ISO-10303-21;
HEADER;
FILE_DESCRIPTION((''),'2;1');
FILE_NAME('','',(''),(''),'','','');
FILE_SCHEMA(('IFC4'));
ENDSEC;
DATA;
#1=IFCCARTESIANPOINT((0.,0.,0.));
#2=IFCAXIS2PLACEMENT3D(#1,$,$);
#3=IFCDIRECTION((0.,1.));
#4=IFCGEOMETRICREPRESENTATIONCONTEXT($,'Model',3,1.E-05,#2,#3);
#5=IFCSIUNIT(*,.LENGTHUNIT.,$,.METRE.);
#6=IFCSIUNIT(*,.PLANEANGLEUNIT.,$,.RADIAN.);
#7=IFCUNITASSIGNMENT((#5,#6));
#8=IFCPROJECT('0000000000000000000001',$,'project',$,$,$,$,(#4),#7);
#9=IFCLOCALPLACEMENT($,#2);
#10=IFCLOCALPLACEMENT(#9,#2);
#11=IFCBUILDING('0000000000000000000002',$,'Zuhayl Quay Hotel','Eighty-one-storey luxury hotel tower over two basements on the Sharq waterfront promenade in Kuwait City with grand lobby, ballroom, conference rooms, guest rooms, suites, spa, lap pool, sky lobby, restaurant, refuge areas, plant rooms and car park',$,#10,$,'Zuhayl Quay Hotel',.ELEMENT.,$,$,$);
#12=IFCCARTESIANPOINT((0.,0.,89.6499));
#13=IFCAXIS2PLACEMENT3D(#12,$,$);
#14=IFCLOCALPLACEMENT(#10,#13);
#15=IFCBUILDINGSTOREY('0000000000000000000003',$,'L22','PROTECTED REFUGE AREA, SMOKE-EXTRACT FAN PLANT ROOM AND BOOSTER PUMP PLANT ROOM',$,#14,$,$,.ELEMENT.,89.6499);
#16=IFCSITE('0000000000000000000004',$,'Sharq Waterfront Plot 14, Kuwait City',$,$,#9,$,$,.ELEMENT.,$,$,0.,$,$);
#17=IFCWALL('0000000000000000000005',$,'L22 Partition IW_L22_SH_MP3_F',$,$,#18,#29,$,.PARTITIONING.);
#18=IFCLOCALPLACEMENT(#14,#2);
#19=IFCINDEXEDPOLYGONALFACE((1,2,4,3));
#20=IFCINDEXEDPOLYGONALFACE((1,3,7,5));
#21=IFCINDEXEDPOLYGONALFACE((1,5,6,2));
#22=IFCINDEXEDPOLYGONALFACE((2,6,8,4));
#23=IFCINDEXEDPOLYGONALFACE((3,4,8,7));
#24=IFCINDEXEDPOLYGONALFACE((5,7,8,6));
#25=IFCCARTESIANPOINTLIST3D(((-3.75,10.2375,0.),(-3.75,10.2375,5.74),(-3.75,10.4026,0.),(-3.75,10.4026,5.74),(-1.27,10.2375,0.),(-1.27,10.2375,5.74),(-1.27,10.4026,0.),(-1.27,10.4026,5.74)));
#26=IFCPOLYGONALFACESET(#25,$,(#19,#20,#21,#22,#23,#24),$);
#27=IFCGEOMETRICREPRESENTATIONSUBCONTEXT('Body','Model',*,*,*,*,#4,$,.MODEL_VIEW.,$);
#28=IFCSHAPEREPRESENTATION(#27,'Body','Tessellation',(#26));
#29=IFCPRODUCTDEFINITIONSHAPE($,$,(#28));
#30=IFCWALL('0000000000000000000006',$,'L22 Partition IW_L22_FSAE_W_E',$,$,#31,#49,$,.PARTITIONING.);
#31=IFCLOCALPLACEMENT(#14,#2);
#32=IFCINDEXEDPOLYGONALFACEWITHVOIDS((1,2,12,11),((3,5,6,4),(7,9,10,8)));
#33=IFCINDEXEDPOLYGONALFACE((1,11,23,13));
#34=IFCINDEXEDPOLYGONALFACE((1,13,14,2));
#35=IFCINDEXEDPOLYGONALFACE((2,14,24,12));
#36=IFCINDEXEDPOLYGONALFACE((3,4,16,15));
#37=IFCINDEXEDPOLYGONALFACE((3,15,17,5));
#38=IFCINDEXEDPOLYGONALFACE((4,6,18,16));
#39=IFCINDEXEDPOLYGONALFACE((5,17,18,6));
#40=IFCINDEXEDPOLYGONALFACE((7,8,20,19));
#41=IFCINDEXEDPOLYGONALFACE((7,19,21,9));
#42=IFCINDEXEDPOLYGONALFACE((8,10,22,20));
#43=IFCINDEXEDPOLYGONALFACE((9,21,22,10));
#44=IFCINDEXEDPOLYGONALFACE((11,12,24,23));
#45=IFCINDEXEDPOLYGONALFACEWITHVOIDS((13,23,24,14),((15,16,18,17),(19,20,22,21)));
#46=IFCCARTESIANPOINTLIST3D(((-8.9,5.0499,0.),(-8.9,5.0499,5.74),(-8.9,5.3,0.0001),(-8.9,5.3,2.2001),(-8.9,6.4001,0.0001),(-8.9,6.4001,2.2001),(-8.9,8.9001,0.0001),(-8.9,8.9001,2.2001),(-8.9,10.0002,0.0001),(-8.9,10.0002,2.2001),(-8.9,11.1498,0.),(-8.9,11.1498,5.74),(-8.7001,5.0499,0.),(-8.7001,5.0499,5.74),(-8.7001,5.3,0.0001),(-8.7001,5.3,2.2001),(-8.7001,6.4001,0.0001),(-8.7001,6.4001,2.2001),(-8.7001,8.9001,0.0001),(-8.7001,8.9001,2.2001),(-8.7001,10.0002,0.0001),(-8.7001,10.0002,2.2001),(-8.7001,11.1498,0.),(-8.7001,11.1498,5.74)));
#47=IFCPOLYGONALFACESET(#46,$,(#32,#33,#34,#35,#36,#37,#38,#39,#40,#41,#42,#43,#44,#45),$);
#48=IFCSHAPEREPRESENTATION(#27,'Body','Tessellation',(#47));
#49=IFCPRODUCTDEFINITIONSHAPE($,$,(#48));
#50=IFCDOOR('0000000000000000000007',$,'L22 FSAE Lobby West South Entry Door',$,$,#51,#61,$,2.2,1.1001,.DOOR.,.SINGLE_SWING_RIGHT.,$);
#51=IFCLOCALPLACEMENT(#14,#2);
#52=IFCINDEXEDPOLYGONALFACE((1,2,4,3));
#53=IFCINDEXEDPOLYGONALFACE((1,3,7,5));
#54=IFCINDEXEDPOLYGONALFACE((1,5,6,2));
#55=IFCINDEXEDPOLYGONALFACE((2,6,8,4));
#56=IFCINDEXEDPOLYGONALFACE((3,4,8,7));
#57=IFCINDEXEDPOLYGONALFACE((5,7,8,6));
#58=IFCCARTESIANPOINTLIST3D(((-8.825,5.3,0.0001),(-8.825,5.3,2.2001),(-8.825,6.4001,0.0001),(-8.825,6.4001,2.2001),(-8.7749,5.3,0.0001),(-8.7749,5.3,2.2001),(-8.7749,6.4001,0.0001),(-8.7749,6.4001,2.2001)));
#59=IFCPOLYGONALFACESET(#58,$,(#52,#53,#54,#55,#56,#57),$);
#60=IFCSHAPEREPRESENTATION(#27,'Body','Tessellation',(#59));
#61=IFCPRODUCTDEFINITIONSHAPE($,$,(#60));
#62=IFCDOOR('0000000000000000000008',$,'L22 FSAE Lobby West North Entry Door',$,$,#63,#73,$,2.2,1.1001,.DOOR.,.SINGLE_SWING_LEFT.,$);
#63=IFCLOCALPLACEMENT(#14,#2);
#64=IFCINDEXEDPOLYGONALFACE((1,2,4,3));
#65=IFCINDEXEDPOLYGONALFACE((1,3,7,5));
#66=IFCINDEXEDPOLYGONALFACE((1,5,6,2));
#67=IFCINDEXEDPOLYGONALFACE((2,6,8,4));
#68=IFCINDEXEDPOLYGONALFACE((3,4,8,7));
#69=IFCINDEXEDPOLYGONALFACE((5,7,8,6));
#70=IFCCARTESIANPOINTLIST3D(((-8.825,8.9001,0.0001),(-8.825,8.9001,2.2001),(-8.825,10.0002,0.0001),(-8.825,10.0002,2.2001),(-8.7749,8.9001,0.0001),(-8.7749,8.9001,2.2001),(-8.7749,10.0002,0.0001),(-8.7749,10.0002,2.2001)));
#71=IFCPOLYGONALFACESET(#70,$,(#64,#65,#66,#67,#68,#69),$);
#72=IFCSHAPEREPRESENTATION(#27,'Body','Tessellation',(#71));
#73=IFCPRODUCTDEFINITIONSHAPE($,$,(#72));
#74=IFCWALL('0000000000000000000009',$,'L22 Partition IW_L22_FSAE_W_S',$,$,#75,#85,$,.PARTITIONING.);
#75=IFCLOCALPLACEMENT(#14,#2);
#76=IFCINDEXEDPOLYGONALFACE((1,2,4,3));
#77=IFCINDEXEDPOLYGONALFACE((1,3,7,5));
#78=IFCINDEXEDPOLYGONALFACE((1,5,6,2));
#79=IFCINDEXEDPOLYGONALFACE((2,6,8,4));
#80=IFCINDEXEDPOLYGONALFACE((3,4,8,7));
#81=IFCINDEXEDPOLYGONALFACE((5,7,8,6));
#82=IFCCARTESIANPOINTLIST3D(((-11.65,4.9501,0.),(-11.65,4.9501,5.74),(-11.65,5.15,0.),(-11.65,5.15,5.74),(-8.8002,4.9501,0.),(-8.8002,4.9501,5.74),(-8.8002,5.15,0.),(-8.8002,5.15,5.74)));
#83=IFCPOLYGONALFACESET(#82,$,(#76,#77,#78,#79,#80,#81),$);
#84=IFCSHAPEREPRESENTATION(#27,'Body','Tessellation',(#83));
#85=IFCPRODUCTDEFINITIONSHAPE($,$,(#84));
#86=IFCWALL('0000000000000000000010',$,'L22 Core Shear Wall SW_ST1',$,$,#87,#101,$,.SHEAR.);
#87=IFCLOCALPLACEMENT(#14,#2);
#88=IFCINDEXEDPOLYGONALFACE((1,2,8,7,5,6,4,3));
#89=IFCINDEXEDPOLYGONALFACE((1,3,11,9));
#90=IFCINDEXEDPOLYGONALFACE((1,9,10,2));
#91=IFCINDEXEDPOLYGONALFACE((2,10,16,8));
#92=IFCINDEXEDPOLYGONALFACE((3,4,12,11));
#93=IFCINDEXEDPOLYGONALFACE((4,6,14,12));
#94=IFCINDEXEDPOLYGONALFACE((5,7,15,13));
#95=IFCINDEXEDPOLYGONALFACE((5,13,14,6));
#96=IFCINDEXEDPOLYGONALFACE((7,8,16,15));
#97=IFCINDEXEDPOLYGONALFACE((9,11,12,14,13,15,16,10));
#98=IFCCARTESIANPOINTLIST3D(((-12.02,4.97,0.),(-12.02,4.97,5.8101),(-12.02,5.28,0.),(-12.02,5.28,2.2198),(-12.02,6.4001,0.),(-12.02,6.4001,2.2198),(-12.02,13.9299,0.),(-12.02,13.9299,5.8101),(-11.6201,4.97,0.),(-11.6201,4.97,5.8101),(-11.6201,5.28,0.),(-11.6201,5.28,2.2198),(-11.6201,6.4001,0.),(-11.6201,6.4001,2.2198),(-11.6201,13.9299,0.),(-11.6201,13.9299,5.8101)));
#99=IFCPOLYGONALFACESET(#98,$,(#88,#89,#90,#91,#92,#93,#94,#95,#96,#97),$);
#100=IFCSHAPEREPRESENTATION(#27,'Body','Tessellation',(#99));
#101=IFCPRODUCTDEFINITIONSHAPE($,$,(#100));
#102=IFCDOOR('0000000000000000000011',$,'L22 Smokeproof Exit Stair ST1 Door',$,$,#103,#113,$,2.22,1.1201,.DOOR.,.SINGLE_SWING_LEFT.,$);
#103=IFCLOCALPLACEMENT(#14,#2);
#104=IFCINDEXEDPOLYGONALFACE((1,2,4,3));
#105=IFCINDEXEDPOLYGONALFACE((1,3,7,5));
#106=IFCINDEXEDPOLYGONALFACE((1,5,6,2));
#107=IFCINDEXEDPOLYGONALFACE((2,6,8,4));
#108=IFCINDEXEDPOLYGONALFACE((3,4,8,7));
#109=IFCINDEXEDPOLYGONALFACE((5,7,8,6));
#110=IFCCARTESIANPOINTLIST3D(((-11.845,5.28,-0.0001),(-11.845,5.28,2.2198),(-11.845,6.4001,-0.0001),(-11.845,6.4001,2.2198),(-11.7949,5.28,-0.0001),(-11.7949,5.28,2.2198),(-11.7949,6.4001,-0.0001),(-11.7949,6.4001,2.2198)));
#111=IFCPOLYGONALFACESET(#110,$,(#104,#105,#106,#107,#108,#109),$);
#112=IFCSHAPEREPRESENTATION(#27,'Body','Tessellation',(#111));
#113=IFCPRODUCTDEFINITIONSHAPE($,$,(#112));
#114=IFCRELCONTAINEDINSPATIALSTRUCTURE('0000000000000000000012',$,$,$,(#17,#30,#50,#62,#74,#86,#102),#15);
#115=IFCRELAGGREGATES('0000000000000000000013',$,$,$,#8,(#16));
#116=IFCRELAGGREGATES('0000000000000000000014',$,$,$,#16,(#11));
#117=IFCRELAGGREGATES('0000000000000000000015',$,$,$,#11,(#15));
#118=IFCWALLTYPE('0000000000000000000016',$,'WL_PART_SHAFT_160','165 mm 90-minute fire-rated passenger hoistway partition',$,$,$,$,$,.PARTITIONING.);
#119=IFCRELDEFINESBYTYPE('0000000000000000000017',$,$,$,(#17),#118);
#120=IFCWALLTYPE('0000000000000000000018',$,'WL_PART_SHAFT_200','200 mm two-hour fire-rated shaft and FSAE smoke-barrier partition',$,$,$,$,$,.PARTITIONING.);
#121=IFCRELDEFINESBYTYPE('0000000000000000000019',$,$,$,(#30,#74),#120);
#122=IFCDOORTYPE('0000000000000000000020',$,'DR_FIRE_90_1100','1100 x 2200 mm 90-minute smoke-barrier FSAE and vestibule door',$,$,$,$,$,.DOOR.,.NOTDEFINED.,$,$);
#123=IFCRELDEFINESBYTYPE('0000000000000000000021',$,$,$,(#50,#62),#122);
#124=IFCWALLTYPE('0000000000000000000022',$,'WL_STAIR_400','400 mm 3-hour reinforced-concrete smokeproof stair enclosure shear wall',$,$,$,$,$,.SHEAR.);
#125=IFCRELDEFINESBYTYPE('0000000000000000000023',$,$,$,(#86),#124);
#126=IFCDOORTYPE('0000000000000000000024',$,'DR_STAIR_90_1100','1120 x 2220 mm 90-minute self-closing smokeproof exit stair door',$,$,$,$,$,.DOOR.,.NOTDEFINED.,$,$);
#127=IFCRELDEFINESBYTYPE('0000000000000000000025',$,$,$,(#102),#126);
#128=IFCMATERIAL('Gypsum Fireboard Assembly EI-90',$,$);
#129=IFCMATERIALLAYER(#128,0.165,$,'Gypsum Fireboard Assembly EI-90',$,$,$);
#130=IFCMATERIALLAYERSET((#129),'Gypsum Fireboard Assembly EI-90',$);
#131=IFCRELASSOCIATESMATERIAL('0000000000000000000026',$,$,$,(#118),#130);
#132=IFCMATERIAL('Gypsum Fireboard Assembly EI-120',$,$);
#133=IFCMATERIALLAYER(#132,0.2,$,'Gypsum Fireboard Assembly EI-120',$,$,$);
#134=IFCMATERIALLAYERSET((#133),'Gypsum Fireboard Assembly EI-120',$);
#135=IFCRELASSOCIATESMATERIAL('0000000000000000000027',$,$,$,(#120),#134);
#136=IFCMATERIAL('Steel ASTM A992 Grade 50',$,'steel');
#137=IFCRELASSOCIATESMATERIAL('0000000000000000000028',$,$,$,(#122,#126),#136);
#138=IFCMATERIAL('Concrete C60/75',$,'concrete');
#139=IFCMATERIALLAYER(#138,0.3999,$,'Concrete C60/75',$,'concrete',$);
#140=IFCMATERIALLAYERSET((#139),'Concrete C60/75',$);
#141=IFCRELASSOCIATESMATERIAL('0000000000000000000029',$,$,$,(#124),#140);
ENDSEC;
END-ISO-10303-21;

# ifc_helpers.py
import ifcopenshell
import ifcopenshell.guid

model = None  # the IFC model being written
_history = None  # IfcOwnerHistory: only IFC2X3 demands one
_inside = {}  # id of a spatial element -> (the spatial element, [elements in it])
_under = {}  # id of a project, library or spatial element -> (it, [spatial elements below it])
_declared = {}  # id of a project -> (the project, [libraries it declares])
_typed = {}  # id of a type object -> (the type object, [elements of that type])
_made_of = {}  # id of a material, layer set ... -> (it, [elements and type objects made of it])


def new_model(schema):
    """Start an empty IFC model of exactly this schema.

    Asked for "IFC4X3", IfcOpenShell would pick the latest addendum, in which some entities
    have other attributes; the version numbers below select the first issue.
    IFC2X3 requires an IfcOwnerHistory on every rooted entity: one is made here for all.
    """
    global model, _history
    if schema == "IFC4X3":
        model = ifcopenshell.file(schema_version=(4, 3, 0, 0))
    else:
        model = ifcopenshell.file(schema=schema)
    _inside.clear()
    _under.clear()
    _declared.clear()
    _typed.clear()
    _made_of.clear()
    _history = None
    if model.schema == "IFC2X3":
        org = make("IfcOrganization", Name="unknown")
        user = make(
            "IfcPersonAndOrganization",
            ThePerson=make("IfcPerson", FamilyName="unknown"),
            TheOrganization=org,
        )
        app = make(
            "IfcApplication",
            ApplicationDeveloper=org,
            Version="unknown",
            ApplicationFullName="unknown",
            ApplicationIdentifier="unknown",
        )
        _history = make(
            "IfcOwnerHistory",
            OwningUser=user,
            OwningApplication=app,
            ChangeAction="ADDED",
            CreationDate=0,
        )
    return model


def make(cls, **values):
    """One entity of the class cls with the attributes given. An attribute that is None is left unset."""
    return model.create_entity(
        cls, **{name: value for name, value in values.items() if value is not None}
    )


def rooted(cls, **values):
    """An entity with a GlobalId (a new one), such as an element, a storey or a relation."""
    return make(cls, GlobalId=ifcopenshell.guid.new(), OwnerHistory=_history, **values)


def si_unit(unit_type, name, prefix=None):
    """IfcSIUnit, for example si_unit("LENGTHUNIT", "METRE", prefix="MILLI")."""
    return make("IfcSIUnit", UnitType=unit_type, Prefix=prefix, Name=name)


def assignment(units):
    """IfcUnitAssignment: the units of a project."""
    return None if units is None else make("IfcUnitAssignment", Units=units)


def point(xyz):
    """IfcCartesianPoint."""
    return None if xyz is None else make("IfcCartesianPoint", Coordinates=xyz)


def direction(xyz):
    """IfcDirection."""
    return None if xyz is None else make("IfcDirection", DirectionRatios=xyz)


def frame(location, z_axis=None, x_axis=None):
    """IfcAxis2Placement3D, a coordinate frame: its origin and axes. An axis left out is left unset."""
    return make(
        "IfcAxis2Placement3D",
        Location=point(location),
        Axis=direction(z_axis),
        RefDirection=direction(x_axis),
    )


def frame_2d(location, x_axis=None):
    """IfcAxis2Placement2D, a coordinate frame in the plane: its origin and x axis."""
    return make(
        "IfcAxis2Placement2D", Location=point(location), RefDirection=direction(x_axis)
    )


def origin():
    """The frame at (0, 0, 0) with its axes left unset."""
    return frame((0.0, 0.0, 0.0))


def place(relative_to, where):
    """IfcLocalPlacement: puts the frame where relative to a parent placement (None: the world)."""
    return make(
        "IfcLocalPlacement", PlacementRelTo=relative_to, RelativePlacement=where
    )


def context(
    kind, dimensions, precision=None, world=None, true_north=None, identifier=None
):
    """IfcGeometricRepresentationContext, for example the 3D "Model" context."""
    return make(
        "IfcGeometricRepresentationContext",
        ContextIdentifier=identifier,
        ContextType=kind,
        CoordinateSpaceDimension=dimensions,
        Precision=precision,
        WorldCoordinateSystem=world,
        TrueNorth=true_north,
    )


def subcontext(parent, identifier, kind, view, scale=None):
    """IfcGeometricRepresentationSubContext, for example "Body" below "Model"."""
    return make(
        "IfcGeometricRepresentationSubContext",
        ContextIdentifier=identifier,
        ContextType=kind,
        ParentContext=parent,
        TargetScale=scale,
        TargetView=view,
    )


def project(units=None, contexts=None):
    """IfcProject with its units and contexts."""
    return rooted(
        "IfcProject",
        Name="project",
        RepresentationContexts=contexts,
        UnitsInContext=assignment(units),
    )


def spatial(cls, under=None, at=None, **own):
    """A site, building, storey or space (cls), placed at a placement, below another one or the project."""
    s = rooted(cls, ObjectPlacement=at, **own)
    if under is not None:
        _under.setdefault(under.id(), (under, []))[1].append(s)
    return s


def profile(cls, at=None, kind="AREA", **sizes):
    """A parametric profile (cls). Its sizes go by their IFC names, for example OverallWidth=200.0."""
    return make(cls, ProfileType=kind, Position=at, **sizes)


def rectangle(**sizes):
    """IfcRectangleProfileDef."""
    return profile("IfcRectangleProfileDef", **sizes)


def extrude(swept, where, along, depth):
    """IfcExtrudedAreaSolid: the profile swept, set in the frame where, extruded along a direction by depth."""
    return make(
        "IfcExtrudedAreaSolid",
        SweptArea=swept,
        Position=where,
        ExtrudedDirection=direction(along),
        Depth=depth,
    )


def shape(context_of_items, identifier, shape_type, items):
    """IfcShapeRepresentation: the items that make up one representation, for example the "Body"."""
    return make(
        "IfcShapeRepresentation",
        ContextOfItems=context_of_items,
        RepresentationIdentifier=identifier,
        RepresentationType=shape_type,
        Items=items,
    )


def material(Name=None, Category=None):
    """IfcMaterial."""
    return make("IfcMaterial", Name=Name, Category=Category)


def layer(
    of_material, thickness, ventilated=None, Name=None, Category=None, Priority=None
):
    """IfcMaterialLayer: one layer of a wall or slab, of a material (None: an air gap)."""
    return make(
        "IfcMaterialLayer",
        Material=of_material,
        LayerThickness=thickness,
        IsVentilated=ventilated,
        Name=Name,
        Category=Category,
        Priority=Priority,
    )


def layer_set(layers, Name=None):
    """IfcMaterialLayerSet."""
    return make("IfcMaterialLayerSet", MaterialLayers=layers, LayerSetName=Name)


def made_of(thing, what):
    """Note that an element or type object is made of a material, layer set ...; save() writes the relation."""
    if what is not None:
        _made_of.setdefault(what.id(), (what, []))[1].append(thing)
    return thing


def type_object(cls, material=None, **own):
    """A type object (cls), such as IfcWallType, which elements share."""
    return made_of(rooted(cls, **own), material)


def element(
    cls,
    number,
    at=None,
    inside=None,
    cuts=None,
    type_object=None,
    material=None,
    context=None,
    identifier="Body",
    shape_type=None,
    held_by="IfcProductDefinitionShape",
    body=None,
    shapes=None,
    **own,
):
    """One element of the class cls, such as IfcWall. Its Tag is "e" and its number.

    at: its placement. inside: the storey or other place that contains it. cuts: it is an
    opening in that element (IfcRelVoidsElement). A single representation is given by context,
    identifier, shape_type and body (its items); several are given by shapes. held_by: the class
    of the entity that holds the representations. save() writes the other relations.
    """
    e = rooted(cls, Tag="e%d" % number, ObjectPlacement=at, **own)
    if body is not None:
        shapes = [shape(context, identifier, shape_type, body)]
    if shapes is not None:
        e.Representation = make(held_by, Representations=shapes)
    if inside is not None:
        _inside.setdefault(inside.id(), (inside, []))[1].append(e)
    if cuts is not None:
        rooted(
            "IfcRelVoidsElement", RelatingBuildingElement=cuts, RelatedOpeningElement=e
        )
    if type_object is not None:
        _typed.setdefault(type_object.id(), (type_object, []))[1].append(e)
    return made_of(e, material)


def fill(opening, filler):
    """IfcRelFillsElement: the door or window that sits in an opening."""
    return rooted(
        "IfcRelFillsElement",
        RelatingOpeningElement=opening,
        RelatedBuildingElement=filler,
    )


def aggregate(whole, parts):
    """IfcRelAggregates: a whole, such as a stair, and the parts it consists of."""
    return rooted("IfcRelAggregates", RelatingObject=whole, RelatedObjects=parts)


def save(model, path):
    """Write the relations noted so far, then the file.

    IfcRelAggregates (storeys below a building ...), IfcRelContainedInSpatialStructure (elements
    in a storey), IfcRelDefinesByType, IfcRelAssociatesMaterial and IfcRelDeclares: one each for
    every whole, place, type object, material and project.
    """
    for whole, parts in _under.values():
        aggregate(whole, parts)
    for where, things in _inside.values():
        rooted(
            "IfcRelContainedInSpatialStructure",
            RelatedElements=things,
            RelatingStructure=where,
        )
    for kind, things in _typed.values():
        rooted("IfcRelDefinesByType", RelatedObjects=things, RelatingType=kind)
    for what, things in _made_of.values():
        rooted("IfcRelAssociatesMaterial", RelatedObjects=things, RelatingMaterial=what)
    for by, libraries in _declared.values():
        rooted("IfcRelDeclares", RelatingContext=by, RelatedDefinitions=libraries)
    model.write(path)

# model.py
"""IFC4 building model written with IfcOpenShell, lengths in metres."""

from ifc_helpers import new_model, si_unit, direction, frame, frame_2d, origin, place, context, subcontext, project, spatial, rectangle, extrude, material, layer, layer_set, type_object, element, fill, save


model = new_model("IFC4")

# Units and contexts
model_context = context("Model", 3, precision=1e-05, world=origin(), true_north=direction((0.0, 1.0)))
body_context = subcontext(model_context, "Body", "Model", "MODEL_VIEW")
ifc_project = project(units=[si_unit("LENGTHUNIT", "METRE"), si_unit("PLANEANGLEUNIT", "RADIAN")], contexts=[model_context])

# Site, building, storey
site_placement = place(None, origin())
site = spatial("IfcSite", under=ifc_project, at=site_placement, Name="Sharq Waterfront Plot 14, Kuwait City", CompositionType="ELEMENT", RefElevation=0.0)
building_placement = place(site_placement, origin())
building = spatial("IfcBuilding", under=site, at=building_placement, Name="Zuhayl Quay Hotel", Description="Eighty-one-storey luxury hotel tower over two basements on the Sharq waterfront promenade in Kuwait City with grand lobby, ballroom, conference rooms, guest rooms, suites, spa, lap pool, sky lobby, restaurant, refuge areas, plant rooms and car park", LongName="Zuhayl Quay Hotel", CompositionType="ELEMENT")
storey_placement = place(building_placement, frame((0.0, 0.0, 89.6499)))
storey = spatial("IfcBuildingStorey", under=building, at=storey_placement, Name="L22", Description="PROTECTED REFUGE AREA, SMOKE-EXTRACT FAN PLANT ROOM AND BOOSTER PUMP PLANT ROOM", CompositionType="ELEMENT", Elevation=89.6499)

# Shared definitions
ifc_material_1 = material(Name="Concrete C60/75", Category="concrete")

# Shared definitions
ifc_material_2 = material(Name="Steel ASTM A992 Grade 50", Category="steel")

# Shared definitions
ifc_material_3 = material(Name="Gypsum Fireboard Assembly EI-90")
ifc_layer_1 = layer(ifc_material_3, 0.165, Name="Gypsum Fireboard Assembly EI-90")
ifc_layer_set_1 = layer_set([ifc_layer_1], Name="Gypsum Fireboard Assembly EI-90")
wall_type_1 = type_object("IfcWallType", Name="WL_PART_SHAFT_160", Description="165 mm 90-minute fire-rated passenger hoistway partition", PredefinedType="PARTITIONING", material=ifc_layer_set_1)

# Wall
for number, where, z_axis, x_axis, name in (
    (1, (-3.75, 10.3201, 0.0), (0.0, 0.0, 1.0), (1.0, 0.0, 0.0), "L22 Partition IW_L22_SH_MP3_F"),
):
    element("IfcWall", number, at=place(storey_placement, frame(where, z_axis=z_axis, x_axis=x_axis)), inside=storey, type_object=wall_type_1, Name=name, PredefinedType="PARTITIONING", context=body_context, shape_type="SweptSolid", body=[
        extrude(rectangle(XDim=2.48, YDim=0.165, at=frame_2d((1.24, 0.0))), origin(), (0.0, 0.0, 1.0), 5.74),
    ])

# Wall, openings, doors
ifc_material_4 = material(Name="Gypsum Fireboard Assembly EI-120")
ifc_layer_2 = layer(ifc_material_4, 0.2, Name="Gypsum Fireboard Assembly EI-120")
ifc_layer_set_2 = layer_set([ifc_layer_2], Name="Gypsum Fireboard Assembly EI-120")
wall_type_2 = type_object("IfcWallType", Name="WL_PART_SHAFT_200", Description="200 mm two-hour fire-rated shaft and FSAE smoke-barrier partition", PredefinedType="PARTITIONING", material=ifc_layer_set_2)
wall_1_placement = place(storey_placement, frame((-8.8, 5.05, 0.0), z_axis=(0.0, 0.0, 1.0), x_axis=(0.0, 1.0, 0.0)))
wall_1 = element("IfcWall", 2, at=wall_1_placement, inside=storey, type_object=wall_type_2, Name="L22 Partition IW_L22_FSAE_W_E", PredefinedType="PARTITIONING", context=body_context, shape_type="SweptSolid", body=[
    extrude(rectangle(XDim=6.0999, YDim=0.2, at=frame_2d((3.0498, 0.0))), origin(), (0.0, 0.0, 1.0), 5.74),
])
opening_1_placement = place(wall_1_placement, frame((0.25, 0.0, 0.0)))
opening_1 = element("IfcOpeningElement", 3, at=opening_1_placement, cuts=wall_1, PredefinedType="OPENING", context=body_context, shape_type="SweptSolid", body=[
    extrude(rectangle(XDim=1.1001, YDim=2.2, at=frame_2d((0.55, 1.1001))), frame((0.0, 0.1099, 0.0), z_axis=(0.0, -1.0, 0.0), x_axis=(1.0, 0.0, 0.0)), (0.0, 0.0, 1.0), 0.22),
])
opening_2_placement = place(wall_1_placement, frame((3.8501, 0.0, 0.0)))
opening_2 = element("IfcOpeningElement", 4, at=opening_2_placement, cuts=wall_1, PredefinedType="OPENING", context=body_context, shape_type="SweptSolid", body=[
    extrude(rectangle(XDim=1.1001, YDim=2.2, at=frame_2d((0.55, 1.1001))), frame((0.0, 0.1099, 0.0), z_axis=(0.0, -1.0, 0.0), x_axis=(1.0, 0.0, 0.0)), (0.0, 0.0, 1.0), 0.22),
])
door_type_1 = type_object("IfcDoorType", Name="DR_FIRE_90_1100", Description="1100 x 2200 mm 90-minute smoke-barrier FSAE and vestibule door", OperationType="NOTDEFINED", PredefinedType="DOOR", material=ifc_material_2)
door_1_placement = place(opening_1_placement, origin())
door_1 = element("IfcDoor", 5, at=door_1_placement, inside=storey, type_object=door_type_1, Name="L22 FSAE Lobby West South Entry Door", OperationType="SINGLE_SWING_RIGHT", OverallHeight=2.2, OverallWidth=1.1001, PredefinedType="DOOR", context=body_context, shape_type="SweptSolid", body=[
    extrude(rectangle(XDim=1.1001, YDim=2.2, at=frame_2d((0.55, 1.1001))), frame((0.0, 0.0249, 0.0), z_axis=(0.0, -1.0, 0.0), x_axis=(1.0, 0.0, 0.0)), (0.0, 0.0, 1.0), 0.05),
])
fill(opening_1, door_1)
door_2_placement = place(opening_2_placement, origin())
door_2 = element("IfcDoor", 6, at=door_2_placement, inside=storey, type_object=door_type_1, Name="L22 FSAE Lobby West North Entry Door", OperationType="SINGLE_SWING_LEFT", OverallHeight=2.2, OverallWidth=1.1001, PredefinedType="DOOR", context=body_context, shape_type="SweptSolid", body=[
    extrude(rectangle(XDim=1.1001, YDim=2.2, at=frame_2d((0.55, 1.1001))), frame((0.0, 0.0249, 0.0), z_axis=(0.0, -1.0, 0.0), x_axis=(1.0, 0.0, 0.0)), (0.0, 0.0, 1.0), 0.05),
])
fill(opening_2, door_2)

# Wall
wall_2_placement = place(storey_placement, frame((-11.6499, 5.05, 0.0), z_axis=(0.0, 0.0, 1.0), x_axis=(1.0, 0.0, 0.0)))
element("IfcWall", 7, at=wall_2_placement, inside=storey, type_object=wall_type_2, Name="L22 Partition IW_L22_FSAE_W_S", PredefinedType="PARTITIONING", context=body_context, shape_type="SweptSolid", body=[
    extrude(rectangle(XDim=2.8499, YDim=0.2, at=frame_2d((1.4248, 0.0))), origin(), (0.0, 0.0, 1.0), 5.74),
])

# Wall, opening, door
ifc_layer_3 = layer(ifc_material_1, 0.3999, Name="Concrete C60/75", Category="concrete")
ifc_layer_set_3 = layer_set([ifc_layer_3], Name="Concrete C60/75")
wall_type_3 = type_object("IfcWallType", Name="WL_STAIR_400", Description="400 mm 3-hour reinforced-concrete smokeproof stair enclosure shear wall", PredefinedType="SHEAR", material=ifc_layer_set_3)
wall_3_placement = place(storey_placement, frame((-11.8201, 4.97, 0.0), z_axis=(0.0, 0.0, 1.0), x_axis=(0.0, 1.0, 0.0)))
wall_3 = element("IfcWall", 8, at=wall_3_placement, inside=storey, type_object=wall_type_3, Name="L22 Core Shear Wall SW_ST1", PredefinedType="SHEAR", context=body_context, shape_type="SweptSolid", body=[
    extrude(rectangle(XDim=8.96, YDim=0.3999, at=frame_2d((4.48, 0.0))), origin(), (0.0, 0.0, 1.0), 5.8101),
])
opening_3_placement = place(wall_3_placement, frame((0.3101, 0.0, 0.0)))
opening_3 = element("IfcOpeningElement", 9, at=opening_3_placement, cuts=wall_3, PredefinedType="OPENING", context=body_context, shape_type="SweptSolid", body=[
    extrude(rectangle(XDim=1.1201, YDim=2.22, at=frame_2d((0.5601, 1.1099))), frame((0.0, 0.21, 0.0), z_axis=(0.0, -1.0, 0.0), x_axis=(1.0, 0.0, 0.0)), (0.0, 0.0, 1.0), 0.4199),
])
door_type_2 = type_object("IfcDoorType", Name="DR_STAIR_90_1100", Description="1120 x 2220 mm 90-minute self-closing smokeproof exit stair door", OperationType="NOTDEFINED", PredefinedType="DOOR", material=ifc_material_2)
door_3_placement = place(opening_3_placement, origin())
door_3 = element("IfcDoor", 10, at=door_3_placement, inside=storey, type_object=door_type_2, Name="L22 Smokeproof Exit Stair ST1 Door", OperationType="SINGLE_SWING_LEFT", OverallHeight=2.22, OverallWidth=1.1201, PredefinedType="DOOR", context=body_context, shape_type="SweptSolid", body=[
    extrude(rectangle(XDim=1.1201, YDim=2.22, at=frame_2d((0.5601, 1.1099))), frame((0.0, 0.0249, 0.0), z_axis=(0.0, -1.0, 0.0), x_axis=(1.0, 0.0, 0.0)), (0.0, 0.0, 1.0), 0.05),
])
fill(opening_3, door_3)

save(model, "model.ifc")
